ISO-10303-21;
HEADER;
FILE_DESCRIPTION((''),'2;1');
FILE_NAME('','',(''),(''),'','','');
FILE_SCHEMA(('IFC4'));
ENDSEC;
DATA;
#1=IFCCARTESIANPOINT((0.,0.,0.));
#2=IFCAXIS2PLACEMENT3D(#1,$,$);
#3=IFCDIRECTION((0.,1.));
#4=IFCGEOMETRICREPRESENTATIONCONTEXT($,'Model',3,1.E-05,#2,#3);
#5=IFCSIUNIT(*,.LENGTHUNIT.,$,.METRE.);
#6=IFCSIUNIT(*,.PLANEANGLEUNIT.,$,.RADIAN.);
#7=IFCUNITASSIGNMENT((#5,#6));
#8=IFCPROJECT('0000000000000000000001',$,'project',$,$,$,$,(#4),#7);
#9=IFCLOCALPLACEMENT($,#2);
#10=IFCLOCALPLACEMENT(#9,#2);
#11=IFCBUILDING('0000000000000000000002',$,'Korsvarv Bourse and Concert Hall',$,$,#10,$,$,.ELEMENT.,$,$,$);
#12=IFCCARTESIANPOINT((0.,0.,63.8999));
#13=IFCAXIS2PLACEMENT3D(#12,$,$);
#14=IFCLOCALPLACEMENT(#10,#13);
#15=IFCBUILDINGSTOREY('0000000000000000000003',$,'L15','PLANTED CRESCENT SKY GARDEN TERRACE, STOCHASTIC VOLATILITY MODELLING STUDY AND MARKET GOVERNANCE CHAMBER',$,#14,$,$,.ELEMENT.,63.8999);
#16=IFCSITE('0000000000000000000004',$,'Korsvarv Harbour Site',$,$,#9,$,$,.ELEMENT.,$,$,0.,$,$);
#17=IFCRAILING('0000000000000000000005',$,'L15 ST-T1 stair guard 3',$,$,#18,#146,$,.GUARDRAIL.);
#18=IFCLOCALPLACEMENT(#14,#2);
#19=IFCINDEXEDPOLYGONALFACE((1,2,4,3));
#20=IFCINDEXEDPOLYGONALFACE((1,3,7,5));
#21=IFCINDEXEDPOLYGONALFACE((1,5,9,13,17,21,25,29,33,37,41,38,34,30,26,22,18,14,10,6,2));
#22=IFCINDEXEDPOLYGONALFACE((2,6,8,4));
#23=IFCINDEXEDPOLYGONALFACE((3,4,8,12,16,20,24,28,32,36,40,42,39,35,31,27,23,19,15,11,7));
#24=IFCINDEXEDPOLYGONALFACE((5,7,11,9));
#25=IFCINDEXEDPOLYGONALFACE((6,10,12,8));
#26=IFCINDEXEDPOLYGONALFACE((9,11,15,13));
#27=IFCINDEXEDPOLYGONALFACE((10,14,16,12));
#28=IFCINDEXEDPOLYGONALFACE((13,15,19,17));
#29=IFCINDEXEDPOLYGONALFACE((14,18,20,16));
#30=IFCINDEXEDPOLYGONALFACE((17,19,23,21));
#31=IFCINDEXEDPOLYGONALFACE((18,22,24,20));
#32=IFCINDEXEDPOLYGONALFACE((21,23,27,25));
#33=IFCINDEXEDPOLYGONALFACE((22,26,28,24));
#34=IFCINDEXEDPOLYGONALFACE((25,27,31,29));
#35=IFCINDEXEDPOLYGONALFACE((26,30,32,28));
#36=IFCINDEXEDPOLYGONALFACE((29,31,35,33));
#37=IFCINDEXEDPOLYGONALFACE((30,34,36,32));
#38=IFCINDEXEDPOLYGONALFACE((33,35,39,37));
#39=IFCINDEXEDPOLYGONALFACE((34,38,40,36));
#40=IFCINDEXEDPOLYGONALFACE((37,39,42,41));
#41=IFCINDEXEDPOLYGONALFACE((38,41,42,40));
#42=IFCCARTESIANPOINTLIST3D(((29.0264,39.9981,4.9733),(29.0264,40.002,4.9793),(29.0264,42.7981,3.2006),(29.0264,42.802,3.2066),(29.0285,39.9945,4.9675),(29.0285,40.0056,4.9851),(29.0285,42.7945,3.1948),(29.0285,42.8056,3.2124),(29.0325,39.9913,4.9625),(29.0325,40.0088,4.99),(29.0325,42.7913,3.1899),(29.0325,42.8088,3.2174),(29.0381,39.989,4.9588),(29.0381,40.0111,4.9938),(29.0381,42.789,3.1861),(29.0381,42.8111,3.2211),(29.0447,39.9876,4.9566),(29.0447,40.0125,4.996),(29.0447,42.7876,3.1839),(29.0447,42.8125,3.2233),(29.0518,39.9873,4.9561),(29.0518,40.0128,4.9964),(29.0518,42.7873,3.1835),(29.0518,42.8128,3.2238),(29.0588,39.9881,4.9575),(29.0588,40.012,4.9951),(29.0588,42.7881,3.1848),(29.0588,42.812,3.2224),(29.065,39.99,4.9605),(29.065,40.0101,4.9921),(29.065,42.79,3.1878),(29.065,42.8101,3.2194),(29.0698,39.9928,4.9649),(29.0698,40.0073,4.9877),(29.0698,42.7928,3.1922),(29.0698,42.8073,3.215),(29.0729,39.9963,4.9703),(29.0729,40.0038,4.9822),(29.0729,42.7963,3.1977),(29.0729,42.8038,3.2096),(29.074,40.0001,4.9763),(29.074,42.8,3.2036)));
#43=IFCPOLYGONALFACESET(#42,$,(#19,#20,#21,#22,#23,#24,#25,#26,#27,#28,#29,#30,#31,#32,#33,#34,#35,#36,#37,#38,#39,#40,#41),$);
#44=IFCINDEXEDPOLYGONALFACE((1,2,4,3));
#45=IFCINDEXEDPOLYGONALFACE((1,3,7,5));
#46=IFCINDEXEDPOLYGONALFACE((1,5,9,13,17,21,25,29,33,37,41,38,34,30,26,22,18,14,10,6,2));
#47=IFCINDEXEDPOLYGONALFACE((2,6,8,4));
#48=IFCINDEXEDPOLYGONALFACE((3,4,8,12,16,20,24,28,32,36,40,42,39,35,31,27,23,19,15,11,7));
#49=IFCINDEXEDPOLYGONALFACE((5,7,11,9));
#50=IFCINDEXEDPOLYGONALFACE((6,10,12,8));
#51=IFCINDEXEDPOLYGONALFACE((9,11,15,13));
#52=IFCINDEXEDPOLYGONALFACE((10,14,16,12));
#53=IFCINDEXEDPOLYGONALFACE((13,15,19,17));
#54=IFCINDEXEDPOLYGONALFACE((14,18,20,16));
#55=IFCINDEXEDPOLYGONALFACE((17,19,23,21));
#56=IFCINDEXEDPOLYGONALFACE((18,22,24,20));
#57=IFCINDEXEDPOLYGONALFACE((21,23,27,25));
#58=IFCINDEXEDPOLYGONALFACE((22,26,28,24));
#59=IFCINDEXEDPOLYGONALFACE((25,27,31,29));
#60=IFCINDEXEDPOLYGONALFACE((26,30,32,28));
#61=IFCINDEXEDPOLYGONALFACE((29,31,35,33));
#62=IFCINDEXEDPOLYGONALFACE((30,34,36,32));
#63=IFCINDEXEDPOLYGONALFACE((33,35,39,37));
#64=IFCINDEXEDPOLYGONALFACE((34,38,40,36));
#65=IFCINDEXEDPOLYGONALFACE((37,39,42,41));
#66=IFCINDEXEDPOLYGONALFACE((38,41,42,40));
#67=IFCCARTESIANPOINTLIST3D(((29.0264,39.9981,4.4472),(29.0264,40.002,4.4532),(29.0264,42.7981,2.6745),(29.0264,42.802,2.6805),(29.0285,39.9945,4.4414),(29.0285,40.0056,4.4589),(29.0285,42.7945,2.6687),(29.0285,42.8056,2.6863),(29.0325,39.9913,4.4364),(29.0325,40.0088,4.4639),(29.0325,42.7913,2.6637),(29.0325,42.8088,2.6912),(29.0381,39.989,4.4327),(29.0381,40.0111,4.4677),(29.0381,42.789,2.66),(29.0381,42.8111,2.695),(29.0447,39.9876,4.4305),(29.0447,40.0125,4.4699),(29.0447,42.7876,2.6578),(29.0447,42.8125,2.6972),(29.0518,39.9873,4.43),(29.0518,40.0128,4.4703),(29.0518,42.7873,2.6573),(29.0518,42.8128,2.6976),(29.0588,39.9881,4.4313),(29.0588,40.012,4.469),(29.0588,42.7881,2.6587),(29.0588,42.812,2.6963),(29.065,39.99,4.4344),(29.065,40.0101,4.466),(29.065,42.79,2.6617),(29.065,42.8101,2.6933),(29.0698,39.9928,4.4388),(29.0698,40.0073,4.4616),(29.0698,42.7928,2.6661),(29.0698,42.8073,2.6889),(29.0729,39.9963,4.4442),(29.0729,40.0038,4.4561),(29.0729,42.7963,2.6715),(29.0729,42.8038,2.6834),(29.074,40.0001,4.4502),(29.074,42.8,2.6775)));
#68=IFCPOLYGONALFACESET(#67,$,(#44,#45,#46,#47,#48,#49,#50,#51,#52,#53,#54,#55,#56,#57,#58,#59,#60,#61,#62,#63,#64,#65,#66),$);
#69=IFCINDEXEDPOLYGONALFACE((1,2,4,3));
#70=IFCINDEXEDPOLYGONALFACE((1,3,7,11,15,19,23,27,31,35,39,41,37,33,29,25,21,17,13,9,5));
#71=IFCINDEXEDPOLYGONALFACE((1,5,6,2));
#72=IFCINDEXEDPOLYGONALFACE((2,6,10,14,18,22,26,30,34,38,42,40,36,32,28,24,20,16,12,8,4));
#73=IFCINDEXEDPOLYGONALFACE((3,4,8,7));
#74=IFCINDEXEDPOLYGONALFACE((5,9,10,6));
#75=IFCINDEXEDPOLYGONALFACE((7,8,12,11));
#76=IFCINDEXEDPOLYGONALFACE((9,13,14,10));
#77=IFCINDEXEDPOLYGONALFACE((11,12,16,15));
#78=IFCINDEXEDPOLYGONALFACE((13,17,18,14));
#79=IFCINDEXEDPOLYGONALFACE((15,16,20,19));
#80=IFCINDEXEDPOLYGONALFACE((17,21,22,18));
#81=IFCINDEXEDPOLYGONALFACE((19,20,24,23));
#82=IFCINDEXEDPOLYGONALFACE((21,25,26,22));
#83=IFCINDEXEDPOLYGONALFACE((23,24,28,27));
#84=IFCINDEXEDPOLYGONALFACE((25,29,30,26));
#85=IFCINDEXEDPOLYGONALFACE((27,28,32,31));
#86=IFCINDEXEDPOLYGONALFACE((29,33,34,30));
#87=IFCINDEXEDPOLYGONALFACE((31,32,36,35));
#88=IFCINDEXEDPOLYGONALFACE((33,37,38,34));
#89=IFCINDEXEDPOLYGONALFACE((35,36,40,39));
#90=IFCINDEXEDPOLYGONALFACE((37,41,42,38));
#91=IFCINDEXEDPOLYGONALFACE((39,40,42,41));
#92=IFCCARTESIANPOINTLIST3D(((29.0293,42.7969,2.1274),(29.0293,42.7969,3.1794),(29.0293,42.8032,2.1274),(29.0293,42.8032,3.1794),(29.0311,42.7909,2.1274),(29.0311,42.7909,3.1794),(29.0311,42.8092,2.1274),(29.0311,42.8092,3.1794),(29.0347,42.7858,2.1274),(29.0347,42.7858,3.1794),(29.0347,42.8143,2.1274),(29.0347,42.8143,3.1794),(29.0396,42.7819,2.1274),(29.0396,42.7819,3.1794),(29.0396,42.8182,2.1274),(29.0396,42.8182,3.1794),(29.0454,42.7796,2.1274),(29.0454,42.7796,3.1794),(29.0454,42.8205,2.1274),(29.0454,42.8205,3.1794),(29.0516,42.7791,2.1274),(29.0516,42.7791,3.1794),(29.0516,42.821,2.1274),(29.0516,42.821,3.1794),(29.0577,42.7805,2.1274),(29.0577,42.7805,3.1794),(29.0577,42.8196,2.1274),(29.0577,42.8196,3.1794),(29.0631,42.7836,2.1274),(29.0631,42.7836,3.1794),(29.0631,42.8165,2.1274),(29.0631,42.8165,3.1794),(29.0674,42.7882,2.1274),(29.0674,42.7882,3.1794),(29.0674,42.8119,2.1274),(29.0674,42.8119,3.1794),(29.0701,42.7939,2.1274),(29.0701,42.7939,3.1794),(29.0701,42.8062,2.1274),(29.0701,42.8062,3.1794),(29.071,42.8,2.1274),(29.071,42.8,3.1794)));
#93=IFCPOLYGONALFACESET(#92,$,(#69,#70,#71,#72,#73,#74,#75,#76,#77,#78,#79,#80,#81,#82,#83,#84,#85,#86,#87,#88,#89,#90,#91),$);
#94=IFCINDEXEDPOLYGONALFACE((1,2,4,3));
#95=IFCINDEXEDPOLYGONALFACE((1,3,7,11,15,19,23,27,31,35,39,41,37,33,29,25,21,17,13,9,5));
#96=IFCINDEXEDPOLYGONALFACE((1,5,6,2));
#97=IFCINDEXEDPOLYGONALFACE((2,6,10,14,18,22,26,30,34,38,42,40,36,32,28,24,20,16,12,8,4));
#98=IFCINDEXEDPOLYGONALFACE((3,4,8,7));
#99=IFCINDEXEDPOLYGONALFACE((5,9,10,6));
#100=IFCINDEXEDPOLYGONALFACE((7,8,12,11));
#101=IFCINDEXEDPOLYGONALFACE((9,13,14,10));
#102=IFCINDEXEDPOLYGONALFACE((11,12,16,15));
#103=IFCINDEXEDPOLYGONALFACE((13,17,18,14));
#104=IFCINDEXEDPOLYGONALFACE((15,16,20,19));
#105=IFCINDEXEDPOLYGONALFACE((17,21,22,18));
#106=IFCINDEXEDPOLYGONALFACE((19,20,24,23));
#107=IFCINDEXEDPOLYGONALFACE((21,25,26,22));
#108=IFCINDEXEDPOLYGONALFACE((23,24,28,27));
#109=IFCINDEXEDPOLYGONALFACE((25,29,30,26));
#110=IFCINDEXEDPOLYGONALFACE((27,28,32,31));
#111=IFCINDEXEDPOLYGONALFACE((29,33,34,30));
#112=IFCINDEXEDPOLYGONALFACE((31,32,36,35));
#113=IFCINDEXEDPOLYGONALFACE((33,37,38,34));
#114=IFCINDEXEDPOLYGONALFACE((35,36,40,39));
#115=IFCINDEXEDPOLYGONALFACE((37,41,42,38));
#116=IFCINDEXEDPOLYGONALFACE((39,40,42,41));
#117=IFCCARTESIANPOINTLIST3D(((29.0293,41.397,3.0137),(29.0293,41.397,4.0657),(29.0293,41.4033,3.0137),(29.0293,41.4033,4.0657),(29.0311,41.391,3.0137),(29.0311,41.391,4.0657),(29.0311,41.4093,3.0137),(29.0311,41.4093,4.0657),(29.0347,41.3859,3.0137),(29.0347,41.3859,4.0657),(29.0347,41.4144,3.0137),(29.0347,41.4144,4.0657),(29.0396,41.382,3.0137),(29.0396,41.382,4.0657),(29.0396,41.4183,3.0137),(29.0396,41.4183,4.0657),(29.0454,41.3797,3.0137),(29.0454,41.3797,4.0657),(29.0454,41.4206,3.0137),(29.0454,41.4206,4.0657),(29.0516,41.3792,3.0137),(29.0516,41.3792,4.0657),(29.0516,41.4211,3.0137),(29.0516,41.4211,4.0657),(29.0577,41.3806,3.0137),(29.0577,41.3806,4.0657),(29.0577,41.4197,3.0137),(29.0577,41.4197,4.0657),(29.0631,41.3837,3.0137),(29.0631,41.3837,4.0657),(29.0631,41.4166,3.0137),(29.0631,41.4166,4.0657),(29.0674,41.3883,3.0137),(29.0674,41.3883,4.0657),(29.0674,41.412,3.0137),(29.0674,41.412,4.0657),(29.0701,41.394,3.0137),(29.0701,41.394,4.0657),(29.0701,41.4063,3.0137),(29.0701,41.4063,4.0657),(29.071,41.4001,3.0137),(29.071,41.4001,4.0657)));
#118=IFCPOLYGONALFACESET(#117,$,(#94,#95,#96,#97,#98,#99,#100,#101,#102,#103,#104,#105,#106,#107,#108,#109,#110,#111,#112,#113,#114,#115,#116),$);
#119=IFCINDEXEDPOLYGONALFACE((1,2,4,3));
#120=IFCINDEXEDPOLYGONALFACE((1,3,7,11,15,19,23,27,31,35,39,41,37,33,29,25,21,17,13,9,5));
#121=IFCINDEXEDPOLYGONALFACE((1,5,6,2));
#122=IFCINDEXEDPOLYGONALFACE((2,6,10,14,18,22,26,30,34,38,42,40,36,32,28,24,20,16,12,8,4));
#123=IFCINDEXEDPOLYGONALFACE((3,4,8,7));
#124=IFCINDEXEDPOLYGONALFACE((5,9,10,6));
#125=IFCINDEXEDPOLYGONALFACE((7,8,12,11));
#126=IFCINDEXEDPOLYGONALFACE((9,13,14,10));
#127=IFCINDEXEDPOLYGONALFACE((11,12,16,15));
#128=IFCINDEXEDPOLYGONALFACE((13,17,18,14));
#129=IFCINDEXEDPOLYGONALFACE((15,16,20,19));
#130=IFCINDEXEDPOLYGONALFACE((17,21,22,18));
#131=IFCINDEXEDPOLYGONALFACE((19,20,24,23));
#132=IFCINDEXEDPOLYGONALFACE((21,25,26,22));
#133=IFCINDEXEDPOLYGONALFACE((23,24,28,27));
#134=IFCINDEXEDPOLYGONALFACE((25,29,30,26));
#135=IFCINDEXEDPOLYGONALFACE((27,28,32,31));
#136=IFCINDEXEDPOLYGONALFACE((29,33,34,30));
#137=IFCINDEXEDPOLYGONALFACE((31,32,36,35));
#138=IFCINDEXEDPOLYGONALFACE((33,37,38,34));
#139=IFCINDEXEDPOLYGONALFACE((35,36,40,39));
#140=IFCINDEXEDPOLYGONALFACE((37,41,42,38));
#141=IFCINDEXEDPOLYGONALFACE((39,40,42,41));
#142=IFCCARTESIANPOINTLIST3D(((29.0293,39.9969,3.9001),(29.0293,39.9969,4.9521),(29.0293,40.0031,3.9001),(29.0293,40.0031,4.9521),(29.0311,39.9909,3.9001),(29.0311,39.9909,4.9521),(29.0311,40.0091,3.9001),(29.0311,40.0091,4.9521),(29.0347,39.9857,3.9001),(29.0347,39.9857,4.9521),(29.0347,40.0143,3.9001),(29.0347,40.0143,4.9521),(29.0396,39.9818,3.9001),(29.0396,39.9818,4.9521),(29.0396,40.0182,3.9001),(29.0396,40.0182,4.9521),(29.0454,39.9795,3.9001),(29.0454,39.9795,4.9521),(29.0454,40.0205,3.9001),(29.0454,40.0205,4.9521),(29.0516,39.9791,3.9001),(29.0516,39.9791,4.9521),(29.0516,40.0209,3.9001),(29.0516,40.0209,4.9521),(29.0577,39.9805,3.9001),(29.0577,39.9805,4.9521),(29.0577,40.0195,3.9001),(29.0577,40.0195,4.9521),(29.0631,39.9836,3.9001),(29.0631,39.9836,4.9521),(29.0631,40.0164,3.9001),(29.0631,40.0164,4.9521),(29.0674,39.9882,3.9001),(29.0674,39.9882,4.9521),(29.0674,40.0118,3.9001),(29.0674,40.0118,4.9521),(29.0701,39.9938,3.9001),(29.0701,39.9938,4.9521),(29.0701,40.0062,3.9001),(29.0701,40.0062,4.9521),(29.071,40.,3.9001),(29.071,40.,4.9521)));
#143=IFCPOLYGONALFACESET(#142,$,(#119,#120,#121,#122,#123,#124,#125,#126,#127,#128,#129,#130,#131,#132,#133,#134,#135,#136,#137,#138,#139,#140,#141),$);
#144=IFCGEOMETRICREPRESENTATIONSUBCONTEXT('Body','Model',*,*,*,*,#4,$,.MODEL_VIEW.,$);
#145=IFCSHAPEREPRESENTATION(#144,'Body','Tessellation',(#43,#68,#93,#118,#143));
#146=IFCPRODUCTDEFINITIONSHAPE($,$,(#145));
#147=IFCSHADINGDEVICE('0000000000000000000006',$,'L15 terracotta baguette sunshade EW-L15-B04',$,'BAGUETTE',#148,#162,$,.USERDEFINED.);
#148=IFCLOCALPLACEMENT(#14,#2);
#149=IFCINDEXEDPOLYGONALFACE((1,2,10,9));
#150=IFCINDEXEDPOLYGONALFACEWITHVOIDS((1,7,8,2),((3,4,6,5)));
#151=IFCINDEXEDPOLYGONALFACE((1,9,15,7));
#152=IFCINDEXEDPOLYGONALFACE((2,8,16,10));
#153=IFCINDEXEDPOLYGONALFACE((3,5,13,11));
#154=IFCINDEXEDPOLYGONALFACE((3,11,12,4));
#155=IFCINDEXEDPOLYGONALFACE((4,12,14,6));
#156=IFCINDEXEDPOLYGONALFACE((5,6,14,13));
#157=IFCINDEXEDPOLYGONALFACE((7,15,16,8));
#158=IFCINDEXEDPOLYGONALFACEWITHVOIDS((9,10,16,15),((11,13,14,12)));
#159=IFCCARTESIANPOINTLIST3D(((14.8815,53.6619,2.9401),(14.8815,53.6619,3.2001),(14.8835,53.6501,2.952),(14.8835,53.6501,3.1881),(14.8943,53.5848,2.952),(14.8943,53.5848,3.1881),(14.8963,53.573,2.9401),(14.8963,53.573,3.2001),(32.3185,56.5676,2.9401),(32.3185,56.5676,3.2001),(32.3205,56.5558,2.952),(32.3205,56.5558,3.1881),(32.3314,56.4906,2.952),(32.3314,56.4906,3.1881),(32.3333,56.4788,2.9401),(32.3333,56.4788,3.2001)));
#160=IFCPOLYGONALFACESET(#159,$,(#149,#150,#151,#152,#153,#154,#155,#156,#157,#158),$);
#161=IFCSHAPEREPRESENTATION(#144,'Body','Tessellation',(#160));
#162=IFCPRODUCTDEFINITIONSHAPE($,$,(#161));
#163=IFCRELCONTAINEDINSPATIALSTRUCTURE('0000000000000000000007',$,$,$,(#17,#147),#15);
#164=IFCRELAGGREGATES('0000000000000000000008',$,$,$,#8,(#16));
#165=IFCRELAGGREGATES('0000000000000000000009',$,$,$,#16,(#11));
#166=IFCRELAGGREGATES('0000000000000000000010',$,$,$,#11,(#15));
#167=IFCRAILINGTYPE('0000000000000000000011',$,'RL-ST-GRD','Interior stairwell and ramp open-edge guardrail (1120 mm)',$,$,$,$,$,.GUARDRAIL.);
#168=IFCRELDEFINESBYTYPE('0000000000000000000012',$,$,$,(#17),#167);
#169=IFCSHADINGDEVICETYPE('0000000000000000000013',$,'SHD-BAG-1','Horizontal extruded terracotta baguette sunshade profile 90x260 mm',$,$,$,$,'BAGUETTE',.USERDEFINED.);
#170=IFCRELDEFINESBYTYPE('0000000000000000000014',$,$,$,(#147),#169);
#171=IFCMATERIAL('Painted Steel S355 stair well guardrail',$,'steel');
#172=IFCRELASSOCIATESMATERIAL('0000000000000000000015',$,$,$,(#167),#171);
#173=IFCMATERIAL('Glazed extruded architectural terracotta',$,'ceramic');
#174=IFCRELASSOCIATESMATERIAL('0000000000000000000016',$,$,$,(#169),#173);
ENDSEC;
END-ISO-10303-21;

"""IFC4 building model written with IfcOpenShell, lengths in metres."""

from ifc_helpers import new_model, si_unit, direction, frame, origin, origin_2d, place, context, subcontext, project, spatial, hollow_rectangle, circle, extrude, source, transform, mapped, material, material_profile, profile_set, type_object, element, save


model = new_model("IFC4")

# Units and contexts
model_context = context("Model", 3, precision=1e-05, world=origin(), true_north=direction((0.0, 1.0)))
body_context = subcontext(model_context, "Body", "Model", "MODEL_VIEW")
ifc_project = project(units=[si_unit("LENGTHUNIT", "METRE"), si_unit("PLANEANGLEUNIT", "RADIAN")], contexts=[model_context])

# Site, building, storey
site_placement = place(None, origin())
site = spatial("IfcSite", under=ifc_project, at=site_placement, Name="Korsvarv Harbour Site", CompositionType="ELEMENT", RefElevation=0.0)
building_placement = place(site_placement, origin())
building = spatial("IfcBuilding", under=site, at=building_placement, Name="Korsvarv Bourse and Concert Hall", CompositionType="ELEMENT")
storey_placement = place(building_placement, frame((0.0, 0.0, 63.8999)))
storey = spatial("IfcBuildingStorey", under=building, at=storey_placement, Name="L15", Description="PLANTED CRESCENT SKY GARDEN TERRACE, STOCHASTIC VOLATILITY MODELLING STUDY AND MARKET GOVERNANCE CHAMBER", CompositionType="ELEMENT", Elevation=63.8999)

# Railing
ifc_material_1 = material(Name="Painted Steel S355 stair well guardrail", Category="steel")
railing_type = type_object("IfcRailingType", Name="RL-ST-GRD", Description="Interior stairwell and ramp open-edge guardrail (1120 mm)", PredefinedType="GUARDRAIL", material=ifc_material_1)
railing_1_placement = place(storey_placement, frame((29.05, 42.8, 2.1274)))
element("IfcRailing", 1, at=railing_1_placement, inside=storey, type_object=railing_type, Name="L15 ST-T1 stair guard 3", PredefinedType="GUARDRAIL", context=body_context, shape_type="SweptSolid", body=[
    extrude(circle(Radius=0.0239, at=origin_2d()), frame((0.0, 0.0, 1.0762), z_axis=(0.0, -0.844909, 0.53491), x_axis=(1.0, 0.0, 0.0)), (0.0, 0.0, 1.0), 3.314),
    extrude(circle(Radius=0.0239, at=origin_2d()), frame((0.0, 0.0, 0.55), z_axis=(0.0, -0.844909, 0.53491), x_axis=(1.0, 0.0, 0.0)), (0.0, 0.0, 1.0), 3.314),
    extrude(circle(Radius=0.021, at=origin_2d()), origin(), (0.0, 0.0, 1.0), 1.052),
    extrude(circle(Radius=0.021, at=origin_2d()), frame((0.0, -1.3999, 0.8862)), (0.0, 0.0, 1.0), 1.052),
    extrude(circle(Radius=0.021, at=origin_2d()), frame((0.0, -2.8, 1.7727)), (0.0, 0.0, 1.0), 1.052),
])

# Shading device
ifc_material_2 = material(Name="Glazed extruded architectural terracotta", Category="ceramic")
ifc_material_profile_1 = material_profile(ifc_material_2, hollow_rectangle(XDim=0.0901, YDim=0.26, WallThickness=0.012, at=origin_2d()), Name="TC-BAG 90x260")
ifc_profile_set_1 = profile_set([ifc_material_profile_1], Name="Glazed extruded architectural terracotta")
shading_device_type = type_object("IfcShadingDeviceType", Name="SHD-BAG-1", Description="Horizontal extruded terracotta baguette sunshade profile 90x260 mm", ElementType="BAGUETTE", PredefinedType="USERDEFINED", material=ifc_profile_set_1)
shared_shape_1 = source(origin(), body_context, "Body", "SweptSolid", [
    extrude(hollow_rectangle(XDim=0.0901, YDim=0.26, WallThickness=0.012, at=origin_2d()), origin(), (0.0, 0.0, 1.0), 17.6775),
])
shading_device_placement = place(storey_placement, frame((32.3259, 56.5232, 3.0701), z_axis=(-0.986398, -0.164377, 0.0), x_axis=(0.164377, -0.986398, 0.0)))
element("IfcShadingDevice", 2, at=shading_device_placement, inside=storey, type_object=shading_device_type, Name="L15 terracotta baguette sunshade EW-L15-B04", ObjectType="BAGUETTE", PredefinedType="USERDEFINED", context=body_context, shape_type="MappedRepresentation", body=[
    mapped(shared_shape_1, transform((0.0, 0.0, 0.0), scale=1.0)),
])

save(model, "model.ifc")
